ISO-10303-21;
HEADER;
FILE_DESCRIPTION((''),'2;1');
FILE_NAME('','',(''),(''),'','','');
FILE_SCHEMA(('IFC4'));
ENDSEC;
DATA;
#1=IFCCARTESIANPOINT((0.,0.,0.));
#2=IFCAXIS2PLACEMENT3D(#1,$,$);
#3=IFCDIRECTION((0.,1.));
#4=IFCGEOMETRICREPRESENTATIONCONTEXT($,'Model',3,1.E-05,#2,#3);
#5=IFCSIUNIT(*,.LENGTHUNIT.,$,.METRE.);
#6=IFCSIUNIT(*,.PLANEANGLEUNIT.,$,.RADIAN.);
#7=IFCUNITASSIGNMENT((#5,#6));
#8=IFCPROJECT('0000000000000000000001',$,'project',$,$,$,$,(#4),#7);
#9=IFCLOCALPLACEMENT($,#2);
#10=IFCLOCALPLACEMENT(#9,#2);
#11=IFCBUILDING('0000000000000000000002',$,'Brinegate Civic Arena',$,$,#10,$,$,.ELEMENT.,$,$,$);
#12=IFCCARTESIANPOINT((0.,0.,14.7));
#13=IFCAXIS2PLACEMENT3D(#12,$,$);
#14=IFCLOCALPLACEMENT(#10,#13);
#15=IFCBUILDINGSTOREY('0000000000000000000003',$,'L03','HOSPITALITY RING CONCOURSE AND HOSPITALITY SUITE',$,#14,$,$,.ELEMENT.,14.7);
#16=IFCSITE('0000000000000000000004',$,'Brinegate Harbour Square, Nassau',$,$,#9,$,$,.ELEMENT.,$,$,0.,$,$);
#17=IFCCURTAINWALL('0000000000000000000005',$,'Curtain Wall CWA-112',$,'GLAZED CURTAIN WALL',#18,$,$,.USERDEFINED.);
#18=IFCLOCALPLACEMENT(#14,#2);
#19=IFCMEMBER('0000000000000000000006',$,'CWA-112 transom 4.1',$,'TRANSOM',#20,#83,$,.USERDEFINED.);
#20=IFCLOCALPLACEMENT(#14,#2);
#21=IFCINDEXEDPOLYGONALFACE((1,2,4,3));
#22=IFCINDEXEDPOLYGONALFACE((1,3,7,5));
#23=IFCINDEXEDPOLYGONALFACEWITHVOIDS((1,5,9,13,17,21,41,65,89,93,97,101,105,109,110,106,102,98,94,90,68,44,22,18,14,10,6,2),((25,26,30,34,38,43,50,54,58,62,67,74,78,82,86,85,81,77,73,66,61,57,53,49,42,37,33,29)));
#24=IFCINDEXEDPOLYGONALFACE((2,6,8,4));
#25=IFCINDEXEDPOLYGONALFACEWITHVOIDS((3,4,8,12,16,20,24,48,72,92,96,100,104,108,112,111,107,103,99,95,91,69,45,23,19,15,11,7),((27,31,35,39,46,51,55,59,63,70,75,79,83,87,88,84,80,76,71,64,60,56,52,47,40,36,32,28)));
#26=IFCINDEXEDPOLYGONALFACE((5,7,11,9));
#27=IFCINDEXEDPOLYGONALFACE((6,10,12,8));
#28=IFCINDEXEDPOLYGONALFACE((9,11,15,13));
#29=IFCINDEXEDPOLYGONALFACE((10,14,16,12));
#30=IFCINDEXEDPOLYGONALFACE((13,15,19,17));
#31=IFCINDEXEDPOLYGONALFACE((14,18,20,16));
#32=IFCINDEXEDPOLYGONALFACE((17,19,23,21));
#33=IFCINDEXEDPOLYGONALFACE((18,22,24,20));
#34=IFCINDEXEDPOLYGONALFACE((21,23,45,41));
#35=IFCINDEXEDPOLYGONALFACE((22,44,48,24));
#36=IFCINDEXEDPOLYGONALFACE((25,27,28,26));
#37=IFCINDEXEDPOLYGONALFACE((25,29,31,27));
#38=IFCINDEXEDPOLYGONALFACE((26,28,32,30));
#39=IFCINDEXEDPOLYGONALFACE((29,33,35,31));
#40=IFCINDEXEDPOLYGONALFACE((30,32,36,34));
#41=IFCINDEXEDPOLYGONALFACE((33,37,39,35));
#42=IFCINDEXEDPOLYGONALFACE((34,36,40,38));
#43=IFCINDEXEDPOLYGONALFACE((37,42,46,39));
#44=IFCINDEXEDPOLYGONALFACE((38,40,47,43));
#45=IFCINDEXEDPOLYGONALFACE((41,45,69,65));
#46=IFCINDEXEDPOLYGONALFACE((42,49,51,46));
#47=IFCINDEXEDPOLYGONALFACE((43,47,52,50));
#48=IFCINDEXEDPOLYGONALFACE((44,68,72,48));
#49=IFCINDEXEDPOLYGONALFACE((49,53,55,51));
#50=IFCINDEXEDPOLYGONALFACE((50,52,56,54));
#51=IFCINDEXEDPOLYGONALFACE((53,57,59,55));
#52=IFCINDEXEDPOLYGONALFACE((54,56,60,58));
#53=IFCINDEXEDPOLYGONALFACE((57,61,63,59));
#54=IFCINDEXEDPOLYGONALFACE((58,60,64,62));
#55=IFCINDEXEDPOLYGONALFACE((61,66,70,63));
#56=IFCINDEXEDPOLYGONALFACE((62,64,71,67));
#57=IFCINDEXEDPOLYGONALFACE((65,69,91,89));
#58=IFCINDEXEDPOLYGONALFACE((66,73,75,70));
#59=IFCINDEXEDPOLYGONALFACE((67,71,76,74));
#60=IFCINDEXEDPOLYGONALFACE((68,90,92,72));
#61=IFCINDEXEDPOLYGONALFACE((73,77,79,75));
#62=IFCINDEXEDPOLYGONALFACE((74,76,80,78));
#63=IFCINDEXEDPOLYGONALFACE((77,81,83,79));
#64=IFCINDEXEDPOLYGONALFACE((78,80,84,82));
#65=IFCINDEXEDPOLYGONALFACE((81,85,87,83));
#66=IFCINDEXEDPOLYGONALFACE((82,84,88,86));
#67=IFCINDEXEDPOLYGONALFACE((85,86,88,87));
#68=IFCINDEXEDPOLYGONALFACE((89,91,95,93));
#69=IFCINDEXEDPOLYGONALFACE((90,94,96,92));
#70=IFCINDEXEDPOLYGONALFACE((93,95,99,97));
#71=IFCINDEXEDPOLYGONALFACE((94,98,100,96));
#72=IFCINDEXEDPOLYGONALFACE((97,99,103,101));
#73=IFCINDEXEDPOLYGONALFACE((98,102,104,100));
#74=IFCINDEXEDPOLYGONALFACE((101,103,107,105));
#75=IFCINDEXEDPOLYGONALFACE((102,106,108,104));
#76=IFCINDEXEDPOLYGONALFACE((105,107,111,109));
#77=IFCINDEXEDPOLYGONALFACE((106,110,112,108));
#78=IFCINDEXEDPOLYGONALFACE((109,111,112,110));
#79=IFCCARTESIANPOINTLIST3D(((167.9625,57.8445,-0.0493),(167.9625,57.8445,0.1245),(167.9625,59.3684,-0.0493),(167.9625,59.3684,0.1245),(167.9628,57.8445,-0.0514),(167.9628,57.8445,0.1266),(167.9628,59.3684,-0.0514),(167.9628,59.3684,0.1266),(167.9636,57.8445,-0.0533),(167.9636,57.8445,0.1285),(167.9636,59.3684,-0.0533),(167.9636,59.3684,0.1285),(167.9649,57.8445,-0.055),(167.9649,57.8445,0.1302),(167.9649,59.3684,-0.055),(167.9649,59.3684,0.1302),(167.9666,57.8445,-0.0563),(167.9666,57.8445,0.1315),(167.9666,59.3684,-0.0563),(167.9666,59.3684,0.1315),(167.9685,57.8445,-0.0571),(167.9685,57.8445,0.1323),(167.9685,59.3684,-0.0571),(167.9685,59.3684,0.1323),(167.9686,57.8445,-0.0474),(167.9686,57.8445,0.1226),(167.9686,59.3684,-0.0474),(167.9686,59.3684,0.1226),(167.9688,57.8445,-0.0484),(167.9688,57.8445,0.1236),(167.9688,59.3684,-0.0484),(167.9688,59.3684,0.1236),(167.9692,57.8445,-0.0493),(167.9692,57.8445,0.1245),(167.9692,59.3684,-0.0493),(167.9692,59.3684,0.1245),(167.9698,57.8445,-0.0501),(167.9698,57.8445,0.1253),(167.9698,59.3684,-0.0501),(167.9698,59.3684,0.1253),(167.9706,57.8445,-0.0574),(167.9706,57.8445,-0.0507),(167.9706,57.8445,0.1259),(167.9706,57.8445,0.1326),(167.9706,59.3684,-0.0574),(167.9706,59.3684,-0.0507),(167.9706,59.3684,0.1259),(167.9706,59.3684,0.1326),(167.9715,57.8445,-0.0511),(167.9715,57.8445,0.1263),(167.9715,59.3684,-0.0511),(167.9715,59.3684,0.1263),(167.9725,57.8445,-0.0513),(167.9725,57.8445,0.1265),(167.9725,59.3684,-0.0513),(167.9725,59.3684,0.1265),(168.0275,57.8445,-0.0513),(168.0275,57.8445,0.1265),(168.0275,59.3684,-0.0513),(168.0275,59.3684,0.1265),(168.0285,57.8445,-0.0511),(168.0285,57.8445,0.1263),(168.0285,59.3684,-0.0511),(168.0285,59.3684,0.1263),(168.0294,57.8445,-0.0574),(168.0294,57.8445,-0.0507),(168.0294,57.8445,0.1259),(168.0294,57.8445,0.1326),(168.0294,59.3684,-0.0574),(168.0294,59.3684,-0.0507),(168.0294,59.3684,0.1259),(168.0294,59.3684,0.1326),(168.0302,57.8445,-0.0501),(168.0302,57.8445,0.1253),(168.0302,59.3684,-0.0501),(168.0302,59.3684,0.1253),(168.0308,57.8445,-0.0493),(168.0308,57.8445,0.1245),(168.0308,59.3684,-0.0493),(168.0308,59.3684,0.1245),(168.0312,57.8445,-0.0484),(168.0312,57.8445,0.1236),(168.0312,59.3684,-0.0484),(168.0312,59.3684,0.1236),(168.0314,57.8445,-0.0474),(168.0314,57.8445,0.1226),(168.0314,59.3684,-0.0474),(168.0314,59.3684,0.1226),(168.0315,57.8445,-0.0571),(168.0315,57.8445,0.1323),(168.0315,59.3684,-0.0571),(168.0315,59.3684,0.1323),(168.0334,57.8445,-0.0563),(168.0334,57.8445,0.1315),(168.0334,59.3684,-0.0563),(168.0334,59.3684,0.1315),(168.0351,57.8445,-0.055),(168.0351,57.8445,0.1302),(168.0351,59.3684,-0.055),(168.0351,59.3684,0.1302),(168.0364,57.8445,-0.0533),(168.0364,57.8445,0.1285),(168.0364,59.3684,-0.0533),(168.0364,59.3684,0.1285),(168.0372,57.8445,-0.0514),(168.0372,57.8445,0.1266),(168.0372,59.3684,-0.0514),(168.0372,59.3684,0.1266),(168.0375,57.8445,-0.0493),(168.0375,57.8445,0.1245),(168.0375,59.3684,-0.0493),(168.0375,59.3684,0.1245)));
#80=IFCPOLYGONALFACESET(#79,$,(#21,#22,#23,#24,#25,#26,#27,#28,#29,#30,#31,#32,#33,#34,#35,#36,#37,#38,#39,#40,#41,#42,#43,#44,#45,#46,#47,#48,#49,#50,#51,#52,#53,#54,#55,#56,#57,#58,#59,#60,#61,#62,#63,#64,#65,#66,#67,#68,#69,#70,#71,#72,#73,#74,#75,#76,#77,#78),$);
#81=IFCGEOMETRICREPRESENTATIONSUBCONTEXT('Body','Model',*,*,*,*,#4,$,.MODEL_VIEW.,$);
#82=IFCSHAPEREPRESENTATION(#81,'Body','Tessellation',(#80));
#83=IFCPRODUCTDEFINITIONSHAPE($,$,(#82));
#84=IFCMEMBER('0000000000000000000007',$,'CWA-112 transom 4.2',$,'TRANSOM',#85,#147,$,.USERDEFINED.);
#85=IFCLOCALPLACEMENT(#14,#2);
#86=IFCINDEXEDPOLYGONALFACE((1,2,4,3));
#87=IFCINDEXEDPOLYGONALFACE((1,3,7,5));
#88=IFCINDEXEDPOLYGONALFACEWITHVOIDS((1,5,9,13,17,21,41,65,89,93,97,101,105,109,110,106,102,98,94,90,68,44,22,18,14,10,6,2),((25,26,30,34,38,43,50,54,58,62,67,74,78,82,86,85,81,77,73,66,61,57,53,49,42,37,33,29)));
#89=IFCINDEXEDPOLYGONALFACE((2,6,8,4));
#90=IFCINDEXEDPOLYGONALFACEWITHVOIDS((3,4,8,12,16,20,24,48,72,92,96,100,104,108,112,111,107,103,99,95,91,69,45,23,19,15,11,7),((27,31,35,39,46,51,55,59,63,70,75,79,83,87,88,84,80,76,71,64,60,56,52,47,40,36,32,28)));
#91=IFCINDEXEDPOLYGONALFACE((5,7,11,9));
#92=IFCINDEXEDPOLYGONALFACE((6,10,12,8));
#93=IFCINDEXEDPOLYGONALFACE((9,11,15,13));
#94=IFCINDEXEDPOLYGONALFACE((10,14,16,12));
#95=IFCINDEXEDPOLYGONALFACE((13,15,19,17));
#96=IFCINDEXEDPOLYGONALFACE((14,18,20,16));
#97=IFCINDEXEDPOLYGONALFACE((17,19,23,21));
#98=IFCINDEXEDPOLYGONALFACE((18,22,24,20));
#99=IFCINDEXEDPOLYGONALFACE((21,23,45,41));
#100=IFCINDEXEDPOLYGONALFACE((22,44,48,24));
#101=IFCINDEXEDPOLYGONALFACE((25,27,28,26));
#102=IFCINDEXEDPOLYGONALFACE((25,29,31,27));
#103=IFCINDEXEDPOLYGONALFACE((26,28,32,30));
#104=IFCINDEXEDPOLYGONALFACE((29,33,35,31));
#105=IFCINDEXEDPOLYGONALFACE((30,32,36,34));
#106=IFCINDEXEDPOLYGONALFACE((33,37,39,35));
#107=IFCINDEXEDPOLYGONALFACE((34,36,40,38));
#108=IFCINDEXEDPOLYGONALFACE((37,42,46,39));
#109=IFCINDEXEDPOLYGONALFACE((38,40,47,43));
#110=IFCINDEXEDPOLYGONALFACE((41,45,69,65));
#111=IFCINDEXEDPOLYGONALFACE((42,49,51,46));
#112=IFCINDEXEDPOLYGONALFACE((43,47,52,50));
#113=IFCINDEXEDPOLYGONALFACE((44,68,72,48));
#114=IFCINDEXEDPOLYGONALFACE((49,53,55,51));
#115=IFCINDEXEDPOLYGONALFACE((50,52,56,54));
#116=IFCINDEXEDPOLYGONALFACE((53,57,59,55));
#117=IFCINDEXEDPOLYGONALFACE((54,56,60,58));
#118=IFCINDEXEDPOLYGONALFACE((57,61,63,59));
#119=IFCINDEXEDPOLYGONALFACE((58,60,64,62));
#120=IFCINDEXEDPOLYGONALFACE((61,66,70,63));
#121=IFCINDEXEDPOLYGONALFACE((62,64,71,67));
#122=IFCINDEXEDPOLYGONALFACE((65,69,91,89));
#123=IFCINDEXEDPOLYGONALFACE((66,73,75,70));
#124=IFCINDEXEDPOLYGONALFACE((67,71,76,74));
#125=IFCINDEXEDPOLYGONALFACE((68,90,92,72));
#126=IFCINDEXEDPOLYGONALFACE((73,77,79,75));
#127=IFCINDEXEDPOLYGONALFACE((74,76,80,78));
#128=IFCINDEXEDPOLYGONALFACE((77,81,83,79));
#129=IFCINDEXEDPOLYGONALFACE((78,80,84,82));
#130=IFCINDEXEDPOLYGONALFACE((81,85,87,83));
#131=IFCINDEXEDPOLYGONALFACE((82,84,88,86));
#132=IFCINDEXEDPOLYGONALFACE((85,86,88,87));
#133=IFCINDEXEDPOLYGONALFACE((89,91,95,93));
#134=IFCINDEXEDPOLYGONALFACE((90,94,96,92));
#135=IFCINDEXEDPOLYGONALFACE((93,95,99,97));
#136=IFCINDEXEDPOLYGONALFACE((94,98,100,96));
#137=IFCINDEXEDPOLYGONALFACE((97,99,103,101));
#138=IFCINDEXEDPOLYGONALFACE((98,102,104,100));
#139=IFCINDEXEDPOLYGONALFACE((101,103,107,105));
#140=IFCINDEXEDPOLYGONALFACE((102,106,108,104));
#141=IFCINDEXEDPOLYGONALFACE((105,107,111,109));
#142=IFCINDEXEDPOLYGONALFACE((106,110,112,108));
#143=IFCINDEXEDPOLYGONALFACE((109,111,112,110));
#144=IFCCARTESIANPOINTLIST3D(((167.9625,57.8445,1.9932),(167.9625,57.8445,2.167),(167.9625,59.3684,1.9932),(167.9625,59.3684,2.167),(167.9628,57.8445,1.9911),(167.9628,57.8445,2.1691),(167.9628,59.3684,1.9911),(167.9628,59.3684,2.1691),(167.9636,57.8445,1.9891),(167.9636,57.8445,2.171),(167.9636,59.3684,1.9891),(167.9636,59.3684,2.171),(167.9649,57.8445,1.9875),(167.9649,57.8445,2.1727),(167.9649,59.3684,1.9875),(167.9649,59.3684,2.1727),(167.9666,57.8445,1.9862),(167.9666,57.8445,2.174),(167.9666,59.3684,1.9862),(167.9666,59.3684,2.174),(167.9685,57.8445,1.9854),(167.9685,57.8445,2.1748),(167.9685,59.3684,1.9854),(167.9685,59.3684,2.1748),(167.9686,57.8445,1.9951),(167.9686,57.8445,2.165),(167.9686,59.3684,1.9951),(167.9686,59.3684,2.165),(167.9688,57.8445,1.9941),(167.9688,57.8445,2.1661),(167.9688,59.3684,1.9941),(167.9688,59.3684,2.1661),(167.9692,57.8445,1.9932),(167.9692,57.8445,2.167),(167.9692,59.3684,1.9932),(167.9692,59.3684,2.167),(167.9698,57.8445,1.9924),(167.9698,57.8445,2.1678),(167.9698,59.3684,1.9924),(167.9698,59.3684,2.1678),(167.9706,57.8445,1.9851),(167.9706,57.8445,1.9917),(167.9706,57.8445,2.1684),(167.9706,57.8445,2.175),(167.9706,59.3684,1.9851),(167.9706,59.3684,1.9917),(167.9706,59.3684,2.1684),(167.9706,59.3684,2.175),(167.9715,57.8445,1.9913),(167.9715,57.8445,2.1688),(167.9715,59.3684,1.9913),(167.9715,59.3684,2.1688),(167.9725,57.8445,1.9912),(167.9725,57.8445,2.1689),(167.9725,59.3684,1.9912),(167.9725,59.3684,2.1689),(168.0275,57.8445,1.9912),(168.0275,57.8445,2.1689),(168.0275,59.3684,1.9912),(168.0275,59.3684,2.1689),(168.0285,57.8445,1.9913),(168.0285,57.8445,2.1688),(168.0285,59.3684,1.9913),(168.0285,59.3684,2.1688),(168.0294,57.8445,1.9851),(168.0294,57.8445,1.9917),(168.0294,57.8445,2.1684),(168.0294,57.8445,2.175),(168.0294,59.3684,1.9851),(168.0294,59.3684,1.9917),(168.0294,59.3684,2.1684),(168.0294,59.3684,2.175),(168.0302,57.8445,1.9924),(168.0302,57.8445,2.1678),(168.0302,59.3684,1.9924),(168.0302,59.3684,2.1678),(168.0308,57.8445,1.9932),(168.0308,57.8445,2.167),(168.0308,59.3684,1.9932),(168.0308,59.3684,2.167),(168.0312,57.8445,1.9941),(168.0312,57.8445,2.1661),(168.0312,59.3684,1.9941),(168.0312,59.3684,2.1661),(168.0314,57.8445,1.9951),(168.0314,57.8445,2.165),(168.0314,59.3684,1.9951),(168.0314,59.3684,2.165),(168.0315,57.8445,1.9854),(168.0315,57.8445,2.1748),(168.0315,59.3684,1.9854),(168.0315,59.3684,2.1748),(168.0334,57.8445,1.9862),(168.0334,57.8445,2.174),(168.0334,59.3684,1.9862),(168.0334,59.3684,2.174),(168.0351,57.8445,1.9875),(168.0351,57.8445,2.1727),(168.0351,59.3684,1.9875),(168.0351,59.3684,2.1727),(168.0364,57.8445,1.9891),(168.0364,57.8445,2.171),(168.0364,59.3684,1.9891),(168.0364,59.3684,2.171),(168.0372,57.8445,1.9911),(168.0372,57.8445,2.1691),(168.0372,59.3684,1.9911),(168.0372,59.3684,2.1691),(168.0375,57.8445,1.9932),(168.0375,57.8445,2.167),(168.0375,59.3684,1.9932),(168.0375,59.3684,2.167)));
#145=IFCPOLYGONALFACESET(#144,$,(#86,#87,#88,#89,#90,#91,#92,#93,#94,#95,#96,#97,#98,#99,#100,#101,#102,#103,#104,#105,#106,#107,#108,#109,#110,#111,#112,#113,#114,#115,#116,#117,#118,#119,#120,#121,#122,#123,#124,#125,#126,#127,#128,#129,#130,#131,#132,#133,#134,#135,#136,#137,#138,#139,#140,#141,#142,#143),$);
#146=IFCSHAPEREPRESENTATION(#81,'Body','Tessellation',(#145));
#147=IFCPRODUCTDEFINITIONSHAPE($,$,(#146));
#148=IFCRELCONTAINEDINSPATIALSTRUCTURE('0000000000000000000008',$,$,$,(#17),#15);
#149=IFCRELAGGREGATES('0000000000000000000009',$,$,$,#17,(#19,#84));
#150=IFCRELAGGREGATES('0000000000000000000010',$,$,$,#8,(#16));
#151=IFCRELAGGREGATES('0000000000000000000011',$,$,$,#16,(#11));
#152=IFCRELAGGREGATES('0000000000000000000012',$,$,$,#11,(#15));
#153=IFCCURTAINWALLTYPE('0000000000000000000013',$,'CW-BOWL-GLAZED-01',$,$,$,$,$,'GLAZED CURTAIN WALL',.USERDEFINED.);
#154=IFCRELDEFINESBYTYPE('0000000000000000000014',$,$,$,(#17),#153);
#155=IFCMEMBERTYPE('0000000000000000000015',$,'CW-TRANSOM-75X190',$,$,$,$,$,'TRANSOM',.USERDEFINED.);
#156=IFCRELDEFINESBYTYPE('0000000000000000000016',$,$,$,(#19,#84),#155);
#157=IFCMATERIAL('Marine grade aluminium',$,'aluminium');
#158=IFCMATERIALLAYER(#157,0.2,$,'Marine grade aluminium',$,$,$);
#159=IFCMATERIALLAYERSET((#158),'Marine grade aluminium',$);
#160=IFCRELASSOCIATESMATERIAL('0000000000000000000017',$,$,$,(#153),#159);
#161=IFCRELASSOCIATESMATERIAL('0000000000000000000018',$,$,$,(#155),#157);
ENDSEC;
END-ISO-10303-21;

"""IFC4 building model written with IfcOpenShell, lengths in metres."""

from ifc_helpers import new_model, si_unit, direction, frame, origin, origin_2d, place, context, subcontext, project, spatial, hollow_rectangle, extrude, material, layer, layer_set, material_profile, profile_set, type_object, element, aggregate, save


model = new_model("IFC4")

# Units and contexts
model_context = context("Model", 3, precision=1e-05, world=origin(), true_north=direction((0.0, 1.0)))
body_context = subcontext(model_context, "Body", "Model", "MODEL_VIEW")
ifc_project = project(units=[si_unit("LENGTHUNIT", "METRE"), si_unit("PLANEANGLEUNIT", "RADIAN")], contexts=[model_context])

# Site, building, storey
site_placement = place(None, origin())
site = spatial("IfcSite", under=ifc_project, at=site_placement, Name="Brinegate Harbour Square, Nassau", CompositionType="ELEMENT", RefElevation=0.0)
building_placement = place(site_placement, origin())
building = spatial("IfcBuilding", under=site, at=building_placement, Name="Brinegate Civic Arena", CompositionType="ELEMENT")
storey_placement = place(building_placement, frame((0.0, 0.0, 14.7)))
storey = spatial("IfcBuildingStorey", under=building, at=storey_placement, Name="L03", Description="HOSPITALITY RING CONCOURSE AND HOSPITALITY SUITE", CompositionType="ELEMENT", Elevation=14.7)

# Curtain wall
ifc_material_1 = material(Name="Marine grade aluminium", Category="aluminium")
ifc_layer_1 = layer(ifc_material_1, 0.2, Name="Marine grade aluminium")
ifc_layer_set_1 = layer_set([ifc_layer_1], Name="Marine grade aluminium")
curtain_wall_type = type_object("IfcCurtainWallType", Name="CW-BOWL-GLAZED-01", ElementType="GLAZED CURTAIN WALL", PredefinedType="USERDEFINED", material=ifc_layer_set_1)
curtain_wall_1_placement = place(storey_placement, origin())
curtain_wall_1 = element("IfcCurtainWall", 1, at=curtain_wall_1_placement, inside=storey, type_object=curtain_wall_type, Name="Curtain Wall CWA-112", ObjectType="GLAZED CURTAIN WALL", PredefinedType="USERDEFINED")

# Members
ifc_material_profile_1 = material_profile(ifc_material_1, hollow_rectangle(XDim=0.075, YDim=0.1899, WallThickness=0.0061, InnerFilletRadius=0.0039, OuterFilletRadius=0.0081, at=origin_2d()), Name="TRN75X190")
ifc_profile_set_1 = profile_set([ifc_material_profile_1], Name="Marine grade aluminium")
member_type_1 = type_object("IfcMemberType", Name="CW-TRANSOM-75X190", ElementType="TRANSOM", PredefinedType="USERDEFINED", material=ifc_profile_set_1)
member_1_placement = place(storey_placement, frame((168.0, 57.8445, 0.0376), z_axis=(0.0, 1.0, 0.0), x_axis=(-1.0, 0.0, 0.0)))
member_1 = element("IfcMember", 2, at=member_1_placement, type_object=member_type_1, Name="CWA-112 transom 4.1", ObjectType="TRANSOM", PredefinedType="USERDEFINED", context=body_context, shape_type="SweptSolid", body=[
    extrude(hollow_rectangle(XDim=0.075, YDim=0.1899, WallThickness=0.0061, InnerFilletRadius=0.0039, OuterFilletRadius=0.0081, at=origin_2d()), origin(), (0.0, 0.0, 1.0), 1.5239),
])
member_2_placement = place(storey_placement, frame((168.0, 57.8445, 2.0801), z_axis=(0.0, 1.0, 0.0), x_axis=(-1.0, 0.0, 0.0)))
member_2 = element("IfcMember", 3, at=member_2_placement, type_object=member_type_1, Name="CWA-112 transom 4.2", ObjectType="TRANSOM", PredefinedType="USERDEFINED", context=body_context, shape_type="SweptSolid", body=[
    extrude(hollow_rectangle(XDim=0.075, YDim=0.1899, WallThickness=0.0061, InnerFilletRadius=0.0039, OuterFilletRadius=0.0081, at=origin_2d()), origin(), (0.0, 0.0, 1.0), 1.5239),
])

aggregate(curtain_wall_1, [member_1, member_2])

save(model, "model.ifc")
